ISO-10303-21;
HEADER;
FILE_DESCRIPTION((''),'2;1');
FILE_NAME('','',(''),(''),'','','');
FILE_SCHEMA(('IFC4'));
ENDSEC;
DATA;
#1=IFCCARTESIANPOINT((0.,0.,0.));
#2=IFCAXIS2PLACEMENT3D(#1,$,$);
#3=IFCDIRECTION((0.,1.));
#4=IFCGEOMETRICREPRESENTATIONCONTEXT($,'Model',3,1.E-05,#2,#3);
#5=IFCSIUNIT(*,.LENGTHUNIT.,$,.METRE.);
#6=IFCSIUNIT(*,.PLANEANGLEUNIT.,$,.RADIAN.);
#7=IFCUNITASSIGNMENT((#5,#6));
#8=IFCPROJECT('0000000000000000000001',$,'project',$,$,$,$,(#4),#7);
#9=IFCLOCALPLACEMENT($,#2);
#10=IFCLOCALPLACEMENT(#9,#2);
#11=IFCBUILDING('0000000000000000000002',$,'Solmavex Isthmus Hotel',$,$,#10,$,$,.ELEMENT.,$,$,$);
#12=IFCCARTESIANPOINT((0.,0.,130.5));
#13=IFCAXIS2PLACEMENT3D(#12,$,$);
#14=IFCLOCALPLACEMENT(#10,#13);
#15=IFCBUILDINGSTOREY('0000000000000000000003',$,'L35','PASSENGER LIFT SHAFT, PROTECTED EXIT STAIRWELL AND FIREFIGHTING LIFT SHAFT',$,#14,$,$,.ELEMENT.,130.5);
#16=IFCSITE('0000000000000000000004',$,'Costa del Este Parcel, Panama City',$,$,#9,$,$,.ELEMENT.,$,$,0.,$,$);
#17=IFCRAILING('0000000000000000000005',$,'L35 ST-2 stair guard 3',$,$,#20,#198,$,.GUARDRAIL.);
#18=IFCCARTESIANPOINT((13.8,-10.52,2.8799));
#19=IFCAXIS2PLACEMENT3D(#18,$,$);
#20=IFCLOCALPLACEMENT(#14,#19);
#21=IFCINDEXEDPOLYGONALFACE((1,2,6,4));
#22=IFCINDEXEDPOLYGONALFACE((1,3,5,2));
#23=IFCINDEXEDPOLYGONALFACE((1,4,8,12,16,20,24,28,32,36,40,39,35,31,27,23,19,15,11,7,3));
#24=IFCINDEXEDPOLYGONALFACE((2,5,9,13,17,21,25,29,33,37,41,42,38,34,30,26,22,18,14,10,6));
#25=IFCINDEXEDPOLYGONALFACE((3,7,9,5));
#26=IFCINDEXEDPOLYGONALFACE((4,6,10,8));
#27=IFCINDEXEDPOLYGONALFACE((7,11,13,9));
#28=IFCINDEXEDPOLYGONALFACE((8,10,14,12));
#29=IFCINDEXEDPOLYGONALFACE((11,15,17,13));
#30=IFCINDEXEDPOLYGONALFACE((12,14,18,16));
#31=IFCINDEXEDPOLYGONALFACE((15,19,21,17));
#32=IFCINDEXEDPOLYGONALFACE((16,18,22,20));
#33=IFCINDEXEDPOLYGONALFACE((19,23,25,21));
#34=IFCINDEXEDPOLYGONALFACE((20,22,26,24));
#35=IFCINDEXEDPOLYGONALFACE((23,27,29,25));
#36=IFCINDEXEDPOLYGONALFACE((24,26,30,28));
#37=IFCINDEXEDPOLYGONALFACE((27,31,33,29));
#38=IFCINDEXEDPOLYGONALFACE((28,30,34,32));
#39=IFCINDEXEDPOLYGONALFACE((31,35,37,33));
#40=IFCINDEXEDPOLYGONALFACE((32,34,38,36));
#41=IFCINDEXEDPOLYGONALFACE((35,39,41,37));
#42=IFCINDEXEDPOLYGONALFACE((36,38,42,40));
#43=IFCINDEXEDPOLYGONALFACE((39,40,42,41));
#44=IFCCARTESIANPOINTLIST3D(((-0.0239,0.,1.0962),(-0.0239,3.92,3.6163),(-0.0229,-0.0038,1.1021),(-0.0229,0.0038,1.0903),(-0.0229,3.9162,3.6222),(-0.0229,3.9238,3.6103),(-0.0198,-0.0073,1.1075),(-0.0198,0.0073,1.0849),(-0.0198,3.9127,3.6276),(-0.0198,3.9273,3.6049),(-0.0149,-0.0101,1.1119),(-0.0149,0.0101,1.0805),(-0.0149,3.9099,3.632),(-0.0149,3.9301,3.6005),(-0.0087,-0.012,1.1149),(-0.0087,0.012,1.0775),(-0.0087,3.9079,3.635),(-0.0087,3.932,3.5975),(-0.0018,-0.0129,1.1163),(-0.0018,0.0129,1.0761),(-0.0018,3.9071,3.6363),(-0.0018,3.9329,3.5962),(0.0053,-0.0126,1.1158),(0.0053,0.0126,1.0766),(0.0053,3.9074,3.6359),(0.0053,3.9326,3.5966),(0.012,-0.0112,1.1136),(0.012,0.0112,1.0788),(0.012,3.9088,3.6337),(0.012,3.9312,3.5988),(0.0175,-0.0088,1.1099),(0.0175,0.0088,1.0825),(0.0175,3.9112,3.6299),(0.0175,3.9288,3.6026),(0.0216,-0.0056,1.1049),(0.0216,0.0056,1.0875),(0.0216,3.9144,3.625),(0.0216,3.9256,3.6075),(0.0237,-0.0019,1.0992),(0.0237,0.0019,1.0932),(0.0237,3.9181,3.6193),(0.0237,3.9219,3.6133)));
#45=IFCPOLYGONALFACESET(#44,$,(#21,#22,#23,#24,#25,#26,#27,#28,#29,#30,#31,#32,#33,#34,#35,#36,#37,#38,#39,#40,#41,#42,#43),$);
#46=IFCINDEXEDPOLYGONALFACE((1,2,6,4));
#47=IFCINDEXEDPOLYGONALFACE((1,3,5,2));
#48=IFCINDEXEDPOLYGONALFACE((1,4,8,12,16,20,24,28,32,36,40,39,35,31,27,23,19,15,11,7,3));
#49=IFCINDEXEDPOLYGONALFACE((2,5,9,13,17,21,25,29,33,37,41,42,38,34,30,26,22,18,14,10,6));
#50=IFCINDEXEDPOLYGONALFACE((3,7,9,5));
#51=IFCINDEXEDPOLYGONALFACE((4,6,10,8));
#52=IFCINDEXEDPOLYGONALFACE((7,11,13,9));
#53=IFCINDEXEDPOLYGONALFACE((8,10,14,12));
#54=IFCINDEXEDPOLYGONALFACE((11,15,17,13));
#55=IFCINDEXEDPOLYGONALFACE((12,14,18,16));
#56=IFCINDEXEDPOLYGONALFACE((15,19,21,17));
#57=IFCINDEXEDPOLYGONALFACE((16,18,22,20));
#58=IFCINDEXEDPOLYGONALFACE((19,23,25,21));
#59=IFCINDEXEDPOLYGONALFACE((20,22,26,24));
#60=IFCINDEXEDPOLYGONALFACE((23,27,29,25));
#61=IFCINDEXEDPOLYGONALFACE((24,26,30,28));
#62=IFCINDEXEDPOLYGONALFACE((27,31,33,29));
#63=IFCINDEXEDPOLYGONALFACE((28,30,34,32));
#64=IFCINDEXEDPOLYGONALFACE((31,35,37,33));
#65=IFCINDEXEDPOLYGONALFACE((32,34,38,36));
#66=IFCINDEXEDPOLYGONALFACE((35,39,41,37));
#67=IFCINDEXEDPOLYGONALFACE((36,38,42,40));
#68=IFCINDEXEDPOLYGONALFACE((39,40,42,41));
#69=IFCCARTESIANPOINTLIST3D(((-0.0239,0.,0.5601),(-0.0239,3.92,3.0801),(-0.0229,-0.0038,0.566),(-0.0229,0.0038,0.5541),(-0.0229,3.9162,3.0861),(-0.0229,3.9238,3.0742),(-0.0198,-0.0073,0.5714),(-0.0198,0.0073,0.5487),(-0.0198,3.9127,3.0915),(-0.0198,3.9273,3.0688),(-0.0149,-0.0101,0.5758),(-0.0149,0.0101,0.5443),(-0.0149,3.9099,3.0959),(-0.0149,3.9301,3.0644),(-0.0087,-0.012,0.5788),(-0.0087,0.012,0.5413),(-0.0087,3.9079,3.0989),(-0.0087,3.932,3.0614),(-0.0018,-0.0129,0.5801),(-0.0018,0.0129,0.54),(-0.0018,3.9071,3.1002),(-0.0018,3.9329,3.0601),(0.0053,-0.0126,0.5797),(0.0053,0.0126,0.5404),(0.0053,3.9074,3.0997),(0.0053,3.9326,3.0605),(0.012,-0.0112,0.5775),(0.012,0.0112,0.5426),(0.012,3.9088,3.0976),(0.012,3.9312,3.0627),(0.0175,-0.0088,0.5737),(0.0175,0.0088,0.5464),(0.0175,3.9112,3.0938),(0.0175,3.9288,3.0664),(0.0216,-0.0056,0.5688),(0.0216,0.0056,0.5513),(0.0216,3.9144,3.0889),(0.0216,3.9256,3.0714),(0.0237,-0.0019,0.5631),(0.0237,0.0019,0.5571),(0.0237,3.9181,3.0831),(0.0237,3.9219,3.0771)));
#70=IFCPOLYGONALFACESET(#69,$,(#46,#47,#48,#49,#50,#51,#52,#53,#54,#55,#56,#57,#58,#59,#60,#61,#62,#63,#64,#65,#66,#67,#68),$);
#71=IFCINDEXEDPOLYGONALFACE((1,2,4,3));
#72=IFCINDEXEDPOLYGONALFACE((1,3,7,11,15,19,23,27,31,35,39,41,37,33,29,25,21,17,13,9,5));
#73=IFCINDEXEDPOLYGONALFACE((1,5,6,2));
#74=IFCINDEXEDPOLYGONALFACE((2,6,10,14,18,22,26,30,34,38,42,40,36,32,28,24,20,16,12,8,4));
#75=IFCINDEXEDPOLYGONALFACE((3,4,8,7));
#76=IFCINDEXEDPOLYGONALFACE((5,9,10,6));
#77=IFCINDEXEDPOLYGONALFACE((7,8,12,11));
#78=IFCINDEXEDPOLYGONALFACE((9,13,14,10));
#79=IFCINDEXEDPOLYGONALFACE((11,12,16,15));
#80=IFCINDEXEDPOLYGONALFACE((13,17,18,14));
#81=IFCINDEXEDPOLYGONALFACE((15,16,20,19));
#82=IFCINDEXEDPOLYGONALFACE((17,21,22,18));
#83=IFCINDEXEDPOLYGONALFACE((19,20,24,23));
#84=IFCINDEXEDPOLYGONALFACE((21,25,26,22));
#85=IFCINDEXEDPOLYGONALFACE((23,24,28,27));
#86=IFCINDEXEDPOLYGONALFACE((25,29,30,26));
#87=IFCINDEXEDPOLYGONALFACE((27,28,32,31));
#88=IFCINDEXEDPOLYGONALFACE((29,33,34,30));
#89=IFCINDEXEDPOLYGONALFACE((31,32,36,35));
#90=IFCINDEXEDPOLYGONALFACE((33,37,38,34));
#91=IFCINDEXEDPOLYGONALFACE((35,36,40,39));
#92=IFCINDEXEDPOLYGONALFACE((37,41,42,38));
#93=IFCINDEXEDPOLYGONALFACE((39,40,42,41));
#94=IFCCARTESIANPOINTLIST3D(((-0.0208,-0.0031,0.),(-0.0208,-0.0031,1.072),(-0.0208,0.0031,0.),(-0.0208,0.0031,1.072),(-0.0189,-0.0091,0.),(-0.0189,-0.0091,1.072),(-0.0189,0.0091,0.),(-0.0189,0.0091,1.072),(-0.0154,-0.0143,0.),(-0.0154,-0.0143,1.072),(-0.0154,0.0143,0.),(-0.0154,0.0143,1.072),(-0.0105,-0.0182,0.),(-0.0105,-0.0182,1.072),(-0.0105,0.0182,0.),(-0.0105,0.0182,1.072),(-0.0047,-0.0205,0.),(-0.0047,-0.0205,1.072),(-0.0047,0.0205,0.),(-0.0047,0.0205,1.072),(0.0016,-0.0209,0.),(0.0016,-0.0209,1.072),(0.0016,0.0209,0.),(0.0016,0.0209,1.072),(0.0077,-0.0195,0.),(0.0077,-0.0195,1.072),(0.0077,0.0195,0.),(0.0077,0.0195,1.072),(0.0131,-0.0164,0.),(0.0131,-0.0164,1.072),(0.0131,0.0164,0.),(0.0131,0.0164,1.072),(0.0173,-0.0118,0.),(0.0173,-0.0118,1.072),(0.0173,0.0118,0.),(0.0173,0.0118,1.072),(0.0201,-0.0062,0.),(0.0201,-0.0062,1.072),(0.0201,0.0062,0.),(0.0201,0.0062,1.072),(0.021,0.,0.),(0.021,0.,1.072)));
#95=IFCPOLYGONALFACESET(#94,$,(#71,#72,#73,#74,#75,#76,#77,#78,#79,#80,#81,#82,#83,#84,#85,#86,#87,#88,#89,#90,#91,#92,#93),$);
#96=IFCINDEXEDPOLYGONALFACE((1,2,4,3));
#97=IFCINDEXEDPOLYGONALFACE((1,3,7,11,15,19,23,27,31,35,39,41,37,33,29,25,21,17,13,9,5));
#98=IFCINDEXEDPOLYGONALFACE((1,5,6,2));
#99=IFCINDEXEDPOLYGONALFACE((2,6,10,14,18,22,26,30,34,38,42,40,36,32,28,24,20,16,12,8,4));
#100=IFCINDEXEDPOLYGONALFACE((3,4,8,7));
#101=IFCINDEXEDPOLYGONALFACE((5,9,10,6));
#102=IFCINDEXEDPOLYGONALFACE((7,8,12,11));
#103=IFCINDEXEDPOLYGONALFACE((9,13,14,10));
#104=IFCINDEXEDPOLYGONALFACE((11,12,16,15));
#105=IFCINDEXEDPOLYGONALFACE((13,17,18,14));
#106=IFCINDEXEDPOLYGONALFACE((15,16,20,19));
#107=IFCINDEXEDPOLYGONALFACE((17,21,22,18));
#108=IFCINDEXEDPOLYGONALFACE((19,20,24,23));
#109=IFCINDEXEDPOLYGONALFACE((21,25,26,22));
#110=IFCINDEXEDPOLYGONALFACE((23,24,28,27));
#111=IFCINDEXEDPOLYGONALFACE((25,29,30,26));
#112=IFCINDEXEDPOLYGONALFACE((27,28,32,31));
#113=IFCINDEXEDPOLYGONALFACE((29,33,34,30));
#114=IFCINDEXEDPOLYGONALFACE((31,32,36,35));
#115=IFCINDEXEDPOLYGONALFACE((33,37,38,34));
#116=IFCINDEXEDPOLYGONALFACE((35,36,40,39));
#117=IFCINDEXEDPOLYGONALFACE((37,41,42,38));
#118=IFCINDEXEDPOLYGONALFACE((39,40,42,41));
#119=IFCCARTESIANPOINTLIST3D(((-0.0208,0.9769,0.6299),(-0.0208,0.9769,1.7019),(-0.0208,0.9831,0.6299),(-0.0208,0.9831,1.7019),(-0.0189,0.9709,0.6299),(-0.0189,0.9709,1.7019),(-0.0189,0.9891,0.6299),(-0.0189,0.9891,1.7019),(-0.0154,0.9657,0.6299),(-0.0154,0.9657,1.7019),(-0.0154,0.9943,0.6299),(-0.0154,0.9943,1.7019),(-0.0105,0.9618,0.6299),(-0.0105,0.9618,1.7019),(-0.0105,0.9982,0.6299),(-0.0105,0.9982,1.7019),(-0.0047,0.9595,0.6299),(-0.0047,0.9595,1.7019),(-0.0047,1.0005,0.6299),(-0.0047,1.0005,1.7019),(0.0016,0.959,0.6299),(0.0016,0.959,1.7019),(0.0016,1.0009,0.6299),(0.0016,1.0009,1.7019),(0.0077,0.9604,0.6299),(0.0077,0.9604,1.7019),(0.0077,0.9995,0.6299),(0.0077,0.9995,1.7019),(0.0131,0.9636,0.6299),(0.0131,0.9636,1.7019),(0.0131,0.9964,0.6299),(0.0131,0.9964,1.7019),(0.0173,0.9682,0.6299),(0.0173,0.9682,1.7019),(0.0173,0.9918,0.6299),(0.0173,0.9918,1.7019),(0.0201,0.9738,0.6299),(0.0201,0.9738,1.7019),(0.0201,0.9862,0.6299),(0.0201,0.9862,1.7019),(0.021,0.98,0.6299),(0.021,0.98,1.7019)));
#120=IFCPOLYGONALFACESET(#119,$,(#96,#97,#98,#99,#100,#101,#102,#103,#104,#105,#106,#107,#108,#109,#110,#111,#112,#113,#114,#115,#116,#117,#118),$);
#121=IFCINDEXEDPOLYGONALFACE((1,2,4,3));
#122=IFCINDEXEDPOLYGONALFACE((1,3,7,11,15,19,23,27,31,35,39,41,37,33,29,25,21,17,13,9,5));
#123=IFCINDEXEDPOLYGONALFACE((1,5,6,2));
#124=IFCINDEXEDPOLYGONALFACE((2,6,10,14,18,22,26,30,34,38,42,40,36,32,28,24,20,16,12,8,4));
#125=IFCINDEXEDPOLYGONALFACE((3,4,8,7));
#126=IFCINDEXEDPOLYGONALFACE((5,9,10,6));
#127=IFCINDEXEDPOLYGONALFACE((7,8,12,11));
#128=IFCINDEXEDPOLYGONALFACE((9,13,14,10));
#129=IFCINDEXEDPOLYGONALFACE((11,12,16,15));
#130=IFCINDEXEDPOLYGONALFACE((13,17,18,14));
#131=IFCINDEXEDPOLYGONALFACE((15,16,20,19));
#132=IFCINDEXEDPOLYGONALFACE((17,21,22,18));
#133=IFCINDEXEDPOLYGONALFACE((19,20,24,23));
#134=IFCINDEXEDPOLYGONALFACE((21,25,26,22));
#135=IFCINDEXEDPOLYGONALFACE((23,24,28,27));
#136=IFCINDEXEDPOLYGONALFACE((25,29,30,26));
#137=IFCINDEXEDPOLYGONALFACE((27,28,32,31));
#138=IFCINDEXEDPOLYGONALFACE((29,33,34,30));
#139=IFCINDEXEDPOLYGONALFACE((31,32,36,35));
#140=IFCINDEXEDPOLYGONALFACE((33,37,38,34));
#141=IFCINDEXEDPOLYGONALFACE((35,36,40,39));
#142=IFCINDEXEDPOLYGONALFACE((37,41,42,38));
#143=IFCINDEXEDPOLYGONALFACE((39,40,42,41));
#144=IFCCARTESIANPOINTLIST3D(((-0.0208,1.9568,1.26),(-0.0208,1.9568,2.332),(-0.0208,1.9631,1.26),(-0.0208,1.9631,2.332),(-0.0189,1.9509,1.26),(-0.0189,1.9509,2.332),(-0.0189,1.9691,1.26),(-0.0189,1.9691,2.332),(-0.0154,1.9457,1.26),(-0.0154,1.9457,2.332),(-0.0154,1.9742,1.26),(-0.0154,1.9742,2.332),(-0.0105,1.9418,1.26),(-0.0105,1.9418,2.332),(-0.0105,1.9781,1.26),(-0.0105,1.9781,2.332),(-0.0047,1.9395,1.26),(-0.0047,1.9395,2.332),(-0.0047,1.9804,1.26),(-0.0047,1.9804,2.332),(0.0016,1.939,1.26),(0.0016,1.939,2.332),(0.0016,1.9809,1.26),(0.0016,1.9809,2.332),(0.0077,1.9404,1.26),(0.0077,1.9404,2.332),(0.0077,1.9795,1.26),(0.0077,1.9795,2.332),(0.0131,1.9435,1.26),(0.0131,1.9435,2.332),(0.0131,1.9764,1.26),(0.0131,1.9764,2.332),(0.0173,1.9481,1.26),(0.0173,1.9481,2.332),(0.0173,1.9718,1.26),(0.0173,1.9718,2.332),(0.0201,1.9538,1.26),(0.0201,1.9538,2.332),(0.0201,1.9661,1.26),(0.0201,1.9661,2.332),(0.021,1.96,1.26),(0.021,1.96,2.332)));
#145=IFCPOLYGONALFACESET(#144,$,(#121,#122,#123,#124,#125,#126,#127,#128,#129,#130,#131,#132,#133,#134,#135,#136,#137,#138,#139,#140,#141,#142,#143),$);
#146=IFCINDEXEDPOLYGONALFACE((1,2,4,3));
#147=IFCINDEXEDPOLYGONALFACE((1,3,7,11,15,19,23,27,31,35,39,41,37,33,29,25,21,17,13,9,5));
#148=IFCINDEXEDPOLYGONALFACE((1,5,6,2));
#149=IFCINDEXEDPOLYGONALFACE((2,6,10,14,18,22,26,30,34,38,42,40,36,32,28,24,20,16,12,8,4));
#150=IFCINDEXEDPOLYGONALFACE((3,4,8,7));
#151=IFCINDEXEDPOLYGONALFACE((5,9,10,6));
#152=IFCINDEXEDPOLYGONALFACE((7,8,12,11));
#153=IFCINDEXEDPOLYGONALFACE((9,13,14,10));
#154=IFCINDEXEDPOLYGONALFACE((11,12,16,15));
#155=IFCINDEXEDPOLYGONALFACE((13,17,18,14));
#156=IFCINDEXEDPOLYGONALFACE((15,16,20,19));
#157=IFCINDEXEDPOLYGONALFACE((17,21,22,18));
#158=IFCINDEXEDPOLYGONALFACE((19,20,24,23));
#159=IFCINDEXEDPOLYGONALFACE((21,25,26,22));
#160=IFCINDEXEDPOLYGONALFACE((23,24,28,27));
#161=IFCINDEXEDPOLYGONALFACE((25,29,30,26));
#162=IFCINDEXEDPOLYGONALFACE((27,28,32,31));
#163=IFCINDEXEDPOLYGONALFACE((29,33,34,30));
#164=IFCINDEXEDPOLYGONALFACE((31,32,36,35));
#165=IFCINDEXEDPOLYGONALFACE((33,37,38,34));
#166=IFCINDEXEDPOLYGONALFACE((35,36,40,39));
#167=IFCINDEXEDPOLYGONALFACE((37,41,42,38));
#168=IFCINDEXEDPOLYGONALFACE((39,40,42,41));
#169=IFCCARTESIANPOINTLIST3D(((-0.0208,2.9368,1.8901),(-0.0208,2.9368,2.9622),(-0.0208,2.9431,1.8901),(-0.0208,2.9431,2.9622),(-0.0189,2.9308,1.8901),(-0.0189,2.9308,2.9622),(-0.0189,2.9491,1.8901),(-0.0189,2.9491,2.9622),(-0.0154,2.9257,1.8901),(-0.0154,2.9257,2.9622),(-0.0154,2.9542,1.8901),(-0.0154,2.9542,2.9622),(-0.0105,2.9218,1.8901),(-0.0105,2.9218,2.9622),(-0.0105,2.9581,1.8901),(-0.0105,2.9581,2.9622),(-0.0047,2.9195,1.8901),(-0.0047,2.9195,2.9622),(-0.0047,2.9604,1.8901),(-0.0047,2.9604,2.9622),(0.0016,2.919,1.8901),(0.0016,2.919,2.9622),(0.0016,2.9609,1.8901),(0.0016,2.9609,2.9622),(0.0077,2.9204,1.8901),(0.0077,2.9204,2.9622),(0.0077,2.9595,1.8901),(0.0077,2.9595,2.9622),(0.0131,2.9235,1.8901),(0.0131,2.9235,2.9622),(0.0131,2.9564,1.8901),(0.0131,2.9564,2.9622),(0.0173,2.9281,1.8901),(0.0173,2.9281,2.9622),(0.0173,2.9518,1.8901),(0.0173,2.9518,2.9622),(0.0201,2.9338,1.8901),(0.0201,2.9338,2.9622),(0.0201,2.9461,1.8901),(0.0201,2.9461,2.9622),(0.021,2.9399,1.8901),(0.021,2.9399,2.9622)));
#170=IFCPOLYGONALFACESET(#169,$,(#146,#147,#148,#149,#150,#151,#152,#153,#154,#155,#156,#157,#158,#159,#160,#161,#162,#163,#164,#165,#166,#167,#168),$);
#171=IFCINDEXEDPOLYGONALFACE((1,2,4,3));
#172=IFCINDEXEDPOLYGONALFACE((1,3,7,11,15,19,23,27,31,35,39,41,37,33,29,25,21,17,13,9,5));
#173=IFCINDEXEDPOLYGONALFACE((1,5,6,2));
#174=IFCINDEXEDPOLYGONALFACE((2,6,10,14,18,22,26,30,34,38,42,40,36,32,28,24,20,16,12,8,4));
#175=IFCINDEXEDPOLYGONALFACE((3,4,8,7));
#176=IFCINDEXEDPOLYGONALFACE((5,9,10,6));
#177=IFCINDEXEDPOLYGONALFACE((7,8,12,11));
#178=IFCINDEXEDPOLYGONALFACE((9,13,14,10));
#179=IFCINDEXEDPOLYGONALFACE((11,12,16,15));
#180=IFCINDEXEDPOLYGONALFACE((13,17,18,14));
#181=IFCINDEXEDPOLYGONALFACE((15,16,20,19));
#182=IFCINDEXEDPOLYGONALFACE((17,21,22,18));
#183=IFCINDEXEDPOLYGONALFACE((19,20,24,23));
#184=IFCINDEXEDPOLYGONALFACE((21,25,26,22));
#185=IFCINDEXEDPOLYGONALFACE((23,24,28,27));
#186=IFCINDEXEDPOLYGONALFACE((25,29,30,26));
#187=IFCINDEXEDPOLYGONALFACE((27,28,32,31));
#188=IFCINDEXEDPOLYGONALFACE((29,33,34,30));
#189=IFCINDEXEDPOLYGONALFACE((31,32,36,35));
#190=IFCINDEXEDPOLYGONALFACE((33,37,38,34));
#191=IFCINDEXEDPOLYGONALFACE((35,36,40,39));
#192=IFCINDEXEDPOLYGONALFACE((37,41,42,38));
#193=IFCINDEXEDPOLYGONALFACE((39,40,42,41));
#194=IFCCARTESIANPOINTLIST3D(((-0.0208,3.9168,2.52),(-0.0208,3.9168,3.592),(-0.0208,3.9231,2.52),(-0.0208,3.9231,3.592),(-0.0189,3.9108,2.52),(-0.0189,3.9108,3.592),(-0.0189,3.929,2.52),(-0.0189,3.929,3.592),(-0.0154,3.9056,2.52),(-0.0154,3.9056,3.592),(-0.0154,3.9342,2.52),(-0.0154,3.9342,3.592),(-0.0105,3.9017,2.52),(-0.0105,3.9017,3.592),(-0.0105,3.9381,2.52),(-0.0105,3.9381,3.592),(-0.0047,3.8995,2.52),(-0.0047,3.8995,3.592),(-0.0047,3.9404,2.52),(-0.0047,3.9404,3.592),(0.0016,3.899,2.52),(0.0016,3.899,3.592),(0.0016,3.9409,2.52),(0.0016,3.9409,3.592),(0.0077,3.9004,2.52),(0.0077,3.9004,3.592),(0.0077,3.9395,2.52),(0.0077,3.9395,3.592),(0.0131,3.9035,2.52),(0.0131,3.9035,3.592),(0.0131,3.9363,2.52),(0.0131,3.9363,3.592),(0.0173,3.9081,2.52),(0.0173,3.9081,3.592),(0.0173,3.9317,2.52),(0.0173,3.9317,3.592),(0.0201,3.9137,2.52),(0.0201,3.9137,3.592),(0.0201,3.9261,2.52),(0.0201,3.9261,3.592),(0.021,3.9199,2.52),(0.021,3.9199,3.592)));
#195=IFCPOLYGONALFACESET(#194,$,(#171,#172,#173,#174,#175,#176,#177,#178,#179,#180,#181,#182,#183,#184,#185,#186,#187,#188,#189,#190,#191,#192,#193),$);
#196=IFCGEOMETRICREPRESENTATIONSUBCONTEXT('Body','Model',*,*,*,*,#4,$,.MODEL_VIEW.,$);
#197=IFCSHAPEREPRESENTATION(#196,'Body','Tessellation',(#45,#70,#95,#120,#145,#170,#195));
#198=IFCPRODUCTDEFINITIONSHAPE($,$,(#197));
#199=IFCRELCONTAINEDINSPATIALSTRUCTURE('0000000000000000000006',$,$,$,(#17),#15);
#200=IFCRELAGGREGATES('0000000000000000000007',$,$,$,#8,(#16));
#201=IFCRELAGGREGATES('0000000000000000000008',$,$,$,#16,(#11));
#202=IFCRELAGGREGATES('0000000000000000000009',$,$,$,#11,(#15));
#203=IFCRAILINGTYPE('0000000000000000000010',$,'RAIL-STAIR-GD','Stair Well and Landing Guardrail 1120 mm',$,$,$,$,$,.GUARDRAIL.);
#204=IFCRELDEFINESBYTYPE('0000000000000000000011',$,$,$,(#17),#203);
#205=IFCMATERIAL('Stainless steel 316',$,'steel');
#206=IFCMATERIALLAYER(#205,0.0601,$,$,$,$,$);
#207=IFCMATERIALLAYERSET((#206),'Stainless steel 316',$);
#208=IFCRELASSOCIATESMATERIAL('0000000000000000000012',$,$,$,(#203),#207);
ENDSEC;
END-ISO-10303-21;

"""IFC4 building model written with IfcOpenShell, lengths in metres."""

from ifc_helpers import new_model, si_unit, direction, frame, origin, origin_2d, place, context, subcontext, project, spatial, circle, extrude, material, layer, layer_set, type_object, element, save


model = new_model("IFC4")

# Units and contexts
model_context = context("Model", 3, precision=1e-05, world=origin(), true_north=direction((0.0, 1.0)))
body_context = subcontext(model_context, "Body", "Model", "MODEL_VIEW")
ifc_project = project(units=[si_unit("LENGTHUNIT", "METRE"), si_unit("PLANEANGLEUNIT", "RADIAN")], contexts=[model_context])

# Site, building, storey
site_placement = place(None, origin())
site = spatial("IfcSite", under=ifc_project, at=site_placement, Name="Costa del Este Parcel, Panama City", CompositionType="ELEMENT", RefElevation=0.0)
building_placement = place(site_placement, origin())
building = spatial("IfcBuilding", under=site, at=building_placement, Name="Solmavex Isthmus Hotel", CompositionType="ELEMENT")
storey_placement = place(building_placement, frame((0.0, 0.0, 130.5)))
storey = spatial("IfcBuildingStorey", under=building, at=storey_placement, Name="L35", Description="PASSENGER LIFT SHAFT, PROTECTED EXIT STAIRWELL AND FIREFIGHTING LIFT SHAFT", CompositionType="ELEMENT", Elevation=130.5)

# Railing
ifc_material_1 = material(Name="Stainless steel 316", Category="steel")
ifc_layer_1 = layer(ifc_material_1, 0.0601)
ifc_layer_set_1 = layer_set([ifc_layer_1], Name="Stainless steel 316")
railing_type_1 = type_object("IfcRailingType", Name="RAIL-STAIR-GD", Description="Stair Well and Landing Guardrail 1120 mm", PredefinedType="GUARDRAIL", material=ifc_layer_set_1)
railing_1_placement = place(storey_placement, frame((13.8, -10.52, 2.8799)))
element("IfcRailing", 1, at=railing_1_placement, inside=storey, type_object=railing_type_1, Name="L35 ST-2 stair guard 3", PredefinedType="GUARDRAIL", context=body_context, shape_type="SweptSolid", body=[
    extrude(circle(Radius=0.0239, at=origin_2d()), frame((0.0, 0.0, 1.0962), z_axis=(0.0, 0.841172, 0.540768), x_axis=(-1.0, 0.0, 0.0)), (0.0, 0.0, 1.0), 4.6602),
    extrude(circle(Radius=0.0239, at=origin_2d()), frame((0.0, 0.0, 0.5601), z_axis=(0.0, 0.841172, 0.540768), x_axis=(-1.0, 0.0, 0.0)), (0.0, 0.0, 1.0), 4.6602),
    extrude(circle(Radius=0.021, at=origin_2d()), origin(), (0.0, 0.0, 1.0), 1.072),
    extrude(circle(Radius=0.021, at=origin_2d()), frame((0.0, 0.98, 0.6299)), (0.0, 0.0, 1.0), 1.072),
    extrude(circle(Radius=0.021, at=origin_2d()), frame((0.0, 1.96, 1.26)), (0.0, 0.0, 1.0), 1.072),
    extrude(circle(Radius=0.021, at=origin_2d()), frame((0.0, 2.9399, 1.8901)), (0.0, 0.0, 1.0), 1.072),
    extrude(circle(Radius=0.021, at=origin_2d()), frame((0.0, 3.9199, 2.52)), (0.0, 0.0, 1.0), 1.072),
])

save(model, "model.ifc")
